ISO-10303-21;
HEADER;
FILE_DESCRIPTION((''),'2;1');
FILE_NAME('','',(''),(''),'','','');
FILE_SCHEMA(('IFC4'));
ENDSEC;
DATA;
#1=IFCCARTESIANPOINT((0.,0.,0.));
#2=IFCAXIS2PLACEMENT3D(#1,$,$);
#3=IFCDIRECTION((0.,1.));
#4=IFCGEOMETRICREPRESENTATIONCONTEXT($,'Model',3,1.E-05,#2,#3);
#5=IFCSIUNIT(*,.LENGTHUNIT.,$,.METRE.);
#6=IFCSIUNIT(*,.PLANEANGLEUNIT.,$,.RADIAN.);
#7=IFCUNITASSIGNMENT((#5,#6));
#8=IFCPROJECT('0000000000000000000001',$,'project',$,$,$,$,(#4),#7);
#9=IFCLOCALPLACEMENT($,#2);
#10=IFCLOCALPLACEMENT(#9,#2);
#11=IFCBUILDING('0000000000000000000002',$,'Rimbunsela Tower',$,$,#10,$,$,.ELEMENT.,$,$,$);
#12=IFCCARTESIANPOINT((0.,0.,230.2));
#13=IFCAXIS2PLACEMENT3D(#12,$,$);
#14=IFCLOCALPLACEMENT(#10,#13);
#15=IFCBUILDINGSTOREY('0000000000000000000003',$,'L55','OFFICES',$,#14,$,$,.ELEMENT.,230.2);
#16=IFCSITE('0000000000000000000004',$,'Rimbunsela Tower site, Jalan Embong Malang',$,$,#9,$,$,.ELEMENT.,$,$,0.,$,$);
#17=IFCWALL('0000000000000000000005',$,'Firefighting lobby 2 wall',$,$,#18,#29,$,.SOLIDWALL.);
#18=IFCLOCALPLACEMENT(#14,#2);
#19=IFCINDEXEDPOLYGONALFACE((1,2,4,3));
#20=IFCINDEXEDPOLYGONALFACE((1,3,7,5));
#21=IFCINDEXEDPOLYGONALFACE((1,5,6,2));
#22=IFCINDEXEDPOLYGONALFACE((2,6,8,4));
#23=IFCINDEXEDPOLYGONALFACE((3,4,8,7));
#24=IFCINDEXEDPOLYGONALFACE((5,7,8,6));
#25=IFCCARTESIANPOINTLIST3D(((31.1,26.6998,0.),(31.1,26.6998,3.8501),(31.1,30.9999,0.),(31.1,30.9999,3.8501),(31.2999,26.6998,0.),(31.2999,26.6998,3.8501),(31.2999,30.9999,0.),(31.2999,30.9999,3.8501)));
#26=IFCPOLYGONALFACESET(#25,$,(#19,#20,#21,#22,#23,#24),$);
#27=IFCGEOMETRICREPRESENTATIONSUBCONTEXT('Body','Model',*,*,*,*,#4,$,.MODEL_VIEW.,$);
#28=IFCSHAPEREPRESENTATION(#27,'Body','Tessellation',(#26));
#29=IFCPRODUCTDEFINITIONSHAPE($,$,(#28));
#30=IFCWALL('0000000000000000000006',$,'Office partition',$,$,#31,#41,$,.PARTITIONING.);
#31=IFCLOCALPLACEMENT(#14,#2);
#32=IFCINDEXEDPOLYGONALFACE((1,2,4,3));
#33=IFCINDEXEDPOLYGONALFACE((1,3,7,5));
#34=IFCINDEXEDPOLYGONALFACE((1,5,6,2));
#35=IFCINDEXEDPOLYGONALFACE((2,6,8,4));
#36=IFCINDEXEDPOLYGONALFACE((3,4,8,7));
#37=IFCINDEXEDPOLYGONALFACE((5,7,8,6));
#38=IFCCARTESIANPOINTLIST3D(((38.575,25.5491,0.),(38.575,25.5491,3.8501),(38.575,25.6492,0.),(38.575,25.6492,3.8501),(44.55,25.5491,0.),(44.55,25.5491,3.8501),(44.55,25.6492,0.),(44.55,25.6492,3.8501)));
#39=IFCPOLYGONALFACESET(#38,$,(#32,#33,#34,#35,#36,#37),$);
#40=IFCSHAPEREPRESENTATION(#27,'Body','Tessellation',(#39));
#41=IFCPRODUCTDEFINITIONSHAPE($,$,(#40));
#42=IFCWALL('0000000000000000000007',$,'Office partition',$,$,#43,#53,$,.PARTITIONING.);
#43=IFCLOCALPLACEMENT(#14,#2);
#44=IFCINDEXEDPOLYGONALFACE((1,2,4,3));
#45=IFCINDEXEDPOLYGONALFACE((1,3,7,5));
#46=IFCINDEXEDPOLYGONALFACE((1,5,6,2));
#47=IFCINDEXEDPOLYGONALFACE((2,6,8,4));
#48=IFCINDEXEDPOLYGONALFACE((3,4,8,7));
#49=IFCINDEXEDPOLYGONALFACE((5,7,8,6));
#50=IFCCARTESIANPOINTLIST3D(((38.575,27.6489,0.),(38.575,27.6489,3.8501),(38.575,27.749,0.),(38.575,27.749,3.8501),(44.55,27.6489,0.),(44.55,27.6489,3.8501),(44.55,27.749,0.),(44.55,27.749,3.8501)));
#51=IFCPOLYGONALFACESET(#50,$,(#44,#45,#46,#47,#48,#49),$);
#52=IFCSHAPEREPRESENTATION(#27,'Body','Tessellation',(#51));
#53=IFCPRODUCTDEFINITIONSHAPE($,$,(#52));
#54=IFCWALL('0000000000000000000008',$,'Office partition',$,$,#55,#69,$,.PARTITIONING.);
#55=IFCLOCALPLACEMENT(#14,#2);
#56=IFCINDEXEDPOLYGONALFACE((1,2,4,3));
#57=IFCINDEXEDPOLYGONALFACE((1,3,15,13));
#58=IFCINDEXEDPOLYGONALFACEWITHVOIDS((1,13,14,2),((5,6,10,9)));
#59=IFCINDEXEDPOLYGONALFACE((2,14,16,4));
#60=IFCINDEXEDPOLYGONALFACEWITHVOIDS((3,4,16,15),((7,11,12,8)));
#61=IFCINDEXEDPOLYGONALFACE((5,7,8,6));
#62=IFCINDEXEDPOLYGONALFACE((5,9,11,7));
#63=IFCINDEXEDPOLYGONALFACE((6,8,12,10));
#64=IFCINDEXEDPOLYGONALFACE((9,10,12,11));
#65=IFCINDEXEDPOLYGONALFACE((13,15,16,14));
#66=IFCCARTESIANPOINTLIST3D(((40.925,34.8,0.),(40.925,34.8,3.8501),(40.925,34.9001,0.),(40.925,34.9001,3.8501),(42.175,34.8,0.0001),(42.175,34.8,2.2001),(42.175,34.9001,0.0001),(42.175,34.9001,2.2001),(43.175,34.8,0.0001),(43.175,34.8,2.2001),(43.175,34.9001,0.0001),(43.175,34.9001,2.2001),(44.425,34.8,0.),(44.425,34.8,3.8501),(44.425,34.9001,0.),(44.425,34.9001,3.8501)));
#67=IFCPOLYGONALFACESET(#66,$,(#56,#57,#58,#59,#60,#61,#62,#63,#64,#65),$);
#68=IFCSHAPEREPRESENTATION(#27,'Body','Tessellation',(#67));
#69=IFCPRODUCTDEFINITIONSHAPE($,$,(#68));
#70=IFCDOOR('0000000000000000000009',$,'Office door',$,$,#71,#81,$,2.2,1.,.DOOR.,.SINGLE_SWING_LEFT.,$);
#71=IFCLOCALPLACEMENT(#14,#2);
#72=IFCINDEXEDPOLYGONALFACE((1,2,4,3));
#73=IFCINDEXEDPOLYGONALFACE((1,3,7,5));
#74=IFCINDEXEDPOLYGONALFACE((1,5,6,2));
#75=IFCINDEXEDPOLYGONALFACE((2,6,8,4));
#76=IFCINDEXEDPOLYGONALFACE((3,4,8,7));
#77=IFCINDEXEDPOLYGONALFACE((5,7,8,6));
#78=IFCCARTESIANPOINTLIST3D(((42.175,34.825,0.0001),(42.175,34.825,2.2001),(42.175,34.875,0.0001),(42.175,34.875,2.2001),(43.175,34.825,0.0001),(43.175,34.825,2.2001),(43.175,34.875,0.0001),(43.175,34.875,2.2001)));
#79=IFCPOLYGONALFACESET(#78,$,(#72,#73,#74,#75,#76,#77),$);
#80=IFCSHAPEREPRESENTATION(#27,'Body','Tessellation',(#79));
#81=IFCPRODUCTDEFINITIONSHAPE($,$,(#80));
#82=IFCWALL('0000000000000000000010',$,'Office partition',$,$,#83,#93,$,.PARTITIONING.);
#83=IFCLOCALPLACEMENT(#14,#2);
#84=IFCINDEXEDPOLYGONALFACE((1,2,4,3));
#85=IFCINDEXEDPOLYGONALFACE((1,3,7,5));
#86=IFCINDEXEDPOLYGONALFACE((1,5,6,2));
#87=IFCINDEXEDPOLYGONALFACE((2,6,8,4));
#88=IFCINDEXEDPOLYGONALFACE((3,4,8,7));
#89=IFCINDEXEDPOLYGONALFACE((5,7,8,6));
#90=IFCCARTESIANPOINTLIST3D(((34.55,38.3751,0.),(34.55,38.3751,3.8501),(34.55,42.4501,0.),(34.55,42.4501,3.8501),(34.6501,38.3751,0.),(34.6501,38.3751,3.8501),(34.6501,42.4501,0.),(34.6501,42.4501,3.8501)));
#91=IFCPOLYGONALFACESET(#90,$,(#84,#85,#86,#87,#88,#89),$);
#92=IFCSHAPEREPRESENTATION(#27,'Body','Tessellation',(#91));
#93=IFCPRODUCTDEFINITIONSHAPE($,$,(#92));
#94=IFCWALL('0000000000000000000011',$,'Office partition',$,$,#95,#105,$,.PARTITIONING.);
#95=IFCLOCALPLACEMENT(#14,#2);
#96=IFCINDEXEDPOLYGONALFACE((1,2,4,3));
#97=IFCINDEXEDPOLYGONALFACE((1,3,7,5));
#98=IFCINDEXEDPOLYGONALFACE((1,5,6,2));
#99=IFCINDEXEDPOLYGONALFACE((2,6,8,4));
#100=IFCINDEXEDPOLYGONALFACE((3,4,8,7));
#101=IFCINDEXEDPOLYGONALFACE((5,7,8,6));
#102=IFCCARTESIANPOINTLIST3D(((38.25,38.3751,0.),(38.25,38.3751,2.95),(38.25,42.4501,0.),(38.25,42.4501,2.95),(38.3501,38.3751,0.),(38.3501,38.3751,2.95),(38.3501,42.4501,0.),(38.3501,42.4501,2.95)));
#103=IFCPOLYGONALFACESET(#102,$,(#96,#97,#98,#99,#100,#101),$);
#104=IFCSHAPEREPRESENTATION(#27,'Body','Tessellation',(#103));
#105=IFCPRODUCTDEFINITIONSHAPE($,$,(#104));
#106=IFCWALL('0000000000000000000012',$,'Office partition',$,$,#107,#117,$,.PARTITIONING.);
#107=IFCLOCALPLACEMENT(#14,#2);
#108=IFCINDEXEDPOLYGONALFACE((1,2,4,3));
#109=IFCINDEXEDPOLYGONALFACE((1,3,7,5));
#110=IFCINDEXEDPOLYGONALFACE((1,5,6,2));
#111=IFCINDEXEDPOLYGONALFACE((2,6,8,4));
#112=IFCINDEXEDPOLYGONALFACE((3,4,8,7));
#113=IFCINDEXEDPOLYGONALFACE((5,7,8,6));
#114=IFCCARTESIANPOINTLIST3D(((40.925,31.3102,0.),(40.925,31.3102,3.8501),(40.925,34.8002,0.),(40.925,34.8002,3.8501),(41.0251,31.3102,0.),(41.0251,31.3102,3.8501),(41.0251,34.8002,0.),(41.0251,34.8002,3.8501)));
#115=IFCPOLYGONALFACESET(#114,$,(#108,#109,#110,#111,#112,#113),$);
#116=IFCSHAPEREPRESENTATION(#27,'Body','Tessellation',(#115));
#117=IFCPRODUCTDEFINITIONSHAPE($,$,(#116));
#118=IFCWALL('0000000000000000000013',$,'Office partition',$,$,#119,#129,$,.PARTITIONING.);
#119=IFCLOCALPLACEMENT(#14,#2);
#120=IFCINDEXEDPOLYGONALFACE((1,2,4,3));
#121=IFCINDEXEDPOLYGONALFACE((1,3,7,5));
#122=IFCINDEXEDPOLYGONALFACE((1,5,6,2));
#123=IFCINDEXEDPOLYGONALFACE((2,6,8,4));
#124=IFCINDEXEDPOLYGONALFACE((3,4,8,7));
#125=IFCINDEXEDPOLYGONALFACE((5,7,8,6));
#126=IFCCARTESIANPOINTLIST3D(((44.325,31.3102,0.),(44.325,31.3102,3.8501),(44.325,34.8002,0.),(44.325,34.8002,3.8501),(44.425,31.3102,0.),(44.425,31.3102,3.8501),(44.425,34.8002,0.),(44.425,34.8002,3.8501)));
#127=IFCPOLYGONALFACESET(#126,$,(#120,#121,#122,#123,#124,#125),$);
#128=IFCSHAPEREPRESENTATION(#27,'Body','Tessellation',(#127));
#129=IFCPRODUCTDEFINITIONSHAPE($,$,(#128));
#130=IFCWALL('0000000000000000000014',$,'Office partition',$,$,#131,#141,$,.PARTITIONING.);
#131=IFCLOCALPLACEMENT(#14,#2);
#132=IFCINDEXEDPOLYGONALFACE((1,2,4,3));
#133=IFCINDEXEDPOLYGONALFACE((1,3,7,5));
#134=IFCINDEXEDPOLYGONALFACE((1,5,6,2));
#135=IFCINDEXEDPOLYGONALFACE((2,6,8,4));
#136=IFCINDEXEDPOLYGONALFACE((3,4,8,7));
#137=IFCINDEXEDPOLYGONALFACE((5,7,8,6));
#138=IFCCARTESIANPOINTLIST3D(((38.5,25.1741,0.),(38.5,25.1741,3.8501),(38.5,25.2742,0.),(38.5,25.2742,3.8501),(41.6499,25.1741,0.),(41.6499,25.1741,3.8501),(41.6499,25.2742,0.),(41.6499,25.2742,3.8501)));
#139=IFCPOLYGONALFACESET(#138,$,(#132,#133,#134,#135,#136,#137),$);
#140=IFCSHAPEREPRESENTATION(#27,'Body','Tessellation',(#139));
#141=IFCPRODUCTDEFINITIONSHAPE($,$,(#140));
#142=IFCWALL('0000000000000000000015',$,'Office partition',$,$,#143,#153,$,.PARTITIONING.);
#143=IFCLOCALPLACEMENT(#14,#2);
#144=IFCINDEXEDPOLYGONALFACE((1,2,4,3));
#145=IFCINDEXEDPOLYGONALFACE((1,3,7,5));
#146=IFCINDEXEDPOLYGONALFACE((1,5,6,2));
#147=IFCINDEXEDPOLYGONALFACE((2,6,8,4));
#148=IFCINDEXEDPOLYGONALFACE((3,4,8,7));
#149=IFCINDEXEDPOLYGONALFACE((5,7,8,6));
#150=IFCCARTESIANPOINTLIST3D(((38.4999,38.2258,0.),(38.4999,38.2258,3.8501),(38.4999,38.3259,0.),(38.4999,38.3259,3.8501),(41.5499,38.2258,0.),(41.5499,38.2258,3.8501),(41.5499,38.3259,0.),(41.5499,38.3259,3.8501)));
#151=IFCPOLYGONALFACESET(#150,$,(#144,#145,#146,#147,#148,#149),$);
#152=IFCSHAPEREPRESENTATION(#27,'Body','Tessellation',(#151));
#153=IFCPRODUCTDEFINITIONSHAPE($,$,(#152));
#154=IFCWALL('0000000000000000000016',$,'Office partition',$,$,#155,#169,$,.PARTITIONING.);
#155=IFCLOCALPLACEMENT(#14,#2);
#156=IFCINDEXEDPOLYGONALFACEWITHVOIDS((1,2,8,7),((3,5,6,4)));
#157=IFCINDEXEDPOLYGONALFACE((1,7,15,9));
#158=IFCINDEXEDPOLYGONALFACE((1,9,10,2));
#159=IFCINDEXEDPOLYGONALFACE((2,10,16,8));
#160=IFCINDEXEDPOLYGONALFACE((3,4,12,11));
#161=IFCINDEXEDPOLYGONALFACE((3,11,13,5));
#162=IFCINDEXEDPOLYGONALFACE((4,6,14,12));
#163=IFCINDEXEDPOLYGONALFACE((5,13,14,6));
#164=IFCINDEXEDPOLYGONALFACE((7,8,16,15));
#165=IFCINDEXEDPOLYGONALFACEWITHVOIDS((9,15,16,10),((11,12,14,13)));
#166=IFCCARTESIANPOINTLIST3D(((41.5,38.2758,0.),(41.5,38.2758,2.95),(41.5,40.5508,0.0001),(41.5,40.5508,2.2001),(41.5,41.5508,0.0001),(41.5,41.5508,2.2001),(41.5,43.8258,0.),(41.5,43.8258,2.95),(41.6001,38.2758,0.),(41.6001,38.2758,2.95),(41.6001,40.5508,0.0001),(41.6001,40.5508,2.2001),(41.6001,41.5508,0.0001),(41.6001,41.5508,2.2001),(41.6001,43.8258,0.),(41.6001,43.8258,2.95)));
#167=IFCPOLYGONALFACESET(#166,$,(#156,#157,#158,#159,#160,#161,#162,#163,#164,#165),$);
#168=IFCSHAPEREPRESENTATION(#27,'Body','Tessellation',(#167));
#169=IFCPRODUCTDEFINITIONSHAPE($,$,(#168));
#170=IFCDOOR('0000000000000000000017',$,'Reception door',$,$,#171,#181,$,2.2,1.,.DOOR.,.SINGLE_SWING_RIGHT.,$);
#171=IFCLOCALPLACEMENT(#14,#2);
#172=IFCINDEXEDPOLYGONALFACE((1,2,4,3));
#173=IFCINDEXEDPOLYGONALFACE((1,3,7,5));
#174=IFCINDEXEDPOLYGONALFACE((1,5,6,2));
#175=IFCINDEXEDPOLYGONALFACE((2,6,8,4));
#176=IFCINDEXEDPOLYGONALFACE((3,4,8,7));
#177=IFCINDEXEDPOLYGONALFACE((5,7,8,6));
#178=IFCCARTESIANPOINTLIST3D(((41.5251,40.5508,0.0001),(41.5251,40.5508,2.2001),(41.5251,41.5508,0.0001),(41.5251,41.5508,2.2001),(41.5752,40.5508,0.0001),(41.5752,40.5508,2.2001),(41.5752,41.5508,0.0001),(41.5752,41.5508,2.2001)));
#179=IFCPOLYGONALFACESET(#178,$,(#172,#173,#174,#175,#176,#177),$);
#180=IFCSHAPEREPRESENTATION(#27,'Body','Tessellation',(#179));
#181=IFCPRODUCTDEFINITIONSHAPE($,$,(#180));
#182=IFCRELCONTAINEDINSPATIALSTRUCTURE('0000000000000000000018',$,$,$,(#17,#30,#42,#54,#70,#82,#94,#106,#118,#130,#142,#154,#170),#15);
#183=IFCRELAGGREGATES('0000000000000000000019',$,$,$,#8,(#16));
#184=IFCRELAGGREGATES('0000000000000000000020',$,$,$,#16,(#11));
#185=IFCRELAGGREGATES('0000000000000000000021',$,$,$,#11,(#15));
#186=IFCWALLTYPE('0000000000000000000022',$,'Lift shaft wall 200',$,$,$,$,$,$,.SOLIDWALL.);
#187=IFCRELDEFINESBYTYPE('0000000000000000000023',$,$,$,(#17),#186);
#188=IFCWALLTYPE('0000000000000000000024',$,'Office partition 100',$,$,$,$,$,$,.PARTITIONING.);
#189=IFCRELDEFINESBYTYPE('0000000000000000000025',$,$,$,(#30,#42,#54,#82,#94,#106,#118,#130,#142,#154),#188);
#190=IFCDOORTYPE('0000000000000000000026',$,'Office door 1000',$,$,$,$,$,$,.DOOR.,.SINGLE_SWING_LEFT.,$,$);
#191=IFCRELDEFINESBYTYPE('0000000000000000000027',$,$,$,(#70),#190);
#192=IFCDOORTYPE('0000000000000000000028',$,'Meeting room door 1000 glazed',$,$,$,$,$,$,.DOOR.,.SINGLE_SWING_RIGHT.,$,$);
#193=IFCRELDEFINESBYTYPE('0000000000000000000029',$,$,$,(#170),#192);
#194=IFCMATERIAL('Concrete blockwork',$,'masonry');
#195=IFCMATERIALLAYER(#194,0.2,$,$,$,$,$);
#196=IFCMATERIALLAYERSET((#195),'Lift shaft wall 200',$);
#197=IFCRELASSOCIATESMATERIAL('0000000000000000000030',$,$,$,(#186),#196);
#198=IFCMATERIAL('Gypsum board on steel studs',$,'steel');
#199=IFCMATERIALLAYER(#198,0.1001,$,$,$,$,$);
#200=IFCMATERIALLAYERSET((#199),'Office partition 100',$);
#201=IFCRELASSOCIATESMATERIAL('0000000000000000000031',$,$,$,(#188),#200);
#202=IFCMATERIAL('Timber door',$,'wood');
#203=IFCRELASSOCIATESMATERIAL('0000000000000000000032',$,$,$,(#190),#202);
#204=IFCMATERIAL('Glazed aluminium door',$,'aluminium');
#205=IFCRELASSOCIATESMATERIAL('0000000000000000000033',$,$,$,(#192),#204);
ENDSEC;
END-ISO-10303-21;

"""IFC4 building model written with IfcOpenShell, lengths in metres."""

from ifc_helpers import new_model, si_unit, direction, frame, frame_2d, origin, place, context, subcontext, project, spatial, rectangle, extrude, material, layer, layer_set, type_object, element, fill, save


model = new_model("IFC4")

# Units and contexts
model_context = context("Model", 3, precision=1e-05, world=origin(), true_north=direction((0.0, 1.0)))
body_context = subcontext(model_context, "Body", "Model", "MODEL_VIEW")
ifc_project = project(units=[si_unit("LENGTHUNIT", "METRE"), si_unit("PLANEANGLEUNIT", "RADIAN")], contexts=[model_context])

# Site, building, storey
site_placement = place(None, origin())
site = spatial("IfcSite", under=ifc_project, at=site_placement, Name="Rimbunsela Tower site, Jalan Embong Malang", CompositionType="ELEMENT", RefElevation=0.0)
building_placement = place(site_placement, origin())
building = spatial("IfcBuilding", under=site, at=building_placement, Name="Rimbunsela Tower", CompositionType="ELEMENT")
storey_placement = place(building_placement, frame((0.0, 0.0, 230.2)))
storey = spatial("IfcBuildingStorey", under=building, at=storey_placement, Name="L55", Description="OFFICES", CompositionType="ELEMENT", Elevation=230.2)

# Walls
ifc_material_1 = material(Name="Concrete blockwork", Category="masonry")
ifc_layer_1 = layer(ifc_material_1, 0.2)
ifc_layer_set_1 = layer_set([ifc_layer_1], Name="Lift shaft wall 200")
wall_type_1 = type_object("IfcWallType", Name="Lift shaft wall 200", PredefinedType="SOLIDWALL", material=ifc_layer_set_1)
wall_1_placement = place(storey_placement, frame((31.2, 26.7, 0.0), z_axis=(0.0, 0.0, 1.0), x_axis=(0.0, 1.0, 0.0)))
element("IfcWall", 1, at=wall_1_placement, inside=storey, type_object=wall_type_1, Name="Firefighting lobby 2 wall", PredefinedType="SOLIDWALL", context=body_context, shape_type="SweptSolid", body=[
    extrude(rectangle(XDim=4.3, YDim=0.2, at=frame_2d((2.1499, 0.0))), origin(), (0.0, 0.0, 1.0), 3.8501),
])
ifc_material_2 = material(Name="Gypsum board on steel studs", Category="steel")
ifc_layer_2 = layer(ifc_material_2, 0.1001)
ifc_layer_set_2 = layer_set([ifc_layer_2], Name="Office partition 100")
wall_type_2 = type_object("IfcWallType", Name="Office partition 100", PredefinedType="PARTITIONING", material=ifc_layer_set_2)
for number, where, z_axis, x_axis, name in (
    (2, (38.575, 25.5991, 0.0), (0.0, 0.0, 1.0), (1.0, 0.0, 0.0), "Office partition"),
    (3, (38.575, 27.699, 0.0), (0.0, 0.0, 1.0), (1.0, 0.0, 0.0), "Office partition"),
):
    element("IfcWall", number, at=place(storey_placement, frame(where, z_axis=z_axis, x_axis=x_axis)), inside=storey, type_object=wall_type_2, Name=name, PredefinedType="PARTITIONING", context=body_context, shape_type="SweptSolid", body=[
        extrude(rectangle(XDim=5.9751, YDim=0.1001, at=frame_2d((2.9875, 0.0))), origin(), (0.0, 0.0, 1.0), 3.8501),
    ])

# Wall, opening, door
wall_2_placement = place(storey_placement, frame((40.925, 34.8501, 0.0), z_axis=(0.0, 0.0, 1.0), x_axis=(1.0, 0.0, 0.0)))
wall_2 = element("IfcWall", 4, at=wall_2_placement, inside=storey, type_object=wall_type_2, Name="Office partition", PredefinedType="PARTITIONING", context=body_context, shape_type="SweptSolid", body=[
    extrude(rectangle(XDim=3.5, YDim=0.1001, at=frame_2d((1.75, 0.0))), origin(), (0.0, 0.0, 1.0), 3.8501),
])
opening_1_placement = place(wall_2_placement, frame((1.25, 0.0, 0.0)))
opening_1 = element("IfcOpeningElement", 5, at=opening_1_placement, cuts=wall_2, PredefinedType="OPENING", context=body_context, shape_type="SweptSolid", body=[
    extrude(rectangle(XDim=1.0, YDim=2.2, at=frame_2d((0.5, 1.1001))), frame((0.0, 0.0601, 0.0), z_axis=(0.0, -1.0, 0.0), x_axis=(1.0, 0.0, 0.0)), (0.0, 0.0, 1.0), 0.1201),
])
ifc_material_3 = material(Name="Timber door", Category="wood")
door_type_1 = type_object("IfcDoorType", Name="Office door 1000", OperationType="SINGLE_SWING_LEFT", PredefinedType="DOOR", material=ifc_material_3)
door_1_placement = place(opening_1_placement, origin())
door_1 = element("IfcDoor", 6, at=door_1_placement, inside=storey, type_object=door_type_1, Name="Office door", OperationType="SINGLE_SWING_LEFT", OverallHeight=2.2, OverallWidth=1.0, PredefinedType="DOOR", context=body_context, shape_type="SweptSolid", body=[
    extrude(rectangle(XDim=1.0, YDim=2.2, at=frame_2d((0.5, 1.1001))), frame((0.0, 0.0249, 0.0), z_axis=(0.0, -1.0, 0.0), x_axis=(1.0, 0.0, 0.0)), (0.0, 0.0, 1.0), 0.05),
])
fill(opening_1, door_1)

# Walls
wall_3_placement = place(storey_placement, frame((34.6001, 38.375, 0.0), z_axis=(0.0, 0.0, 1.0), x_axis=(0.0, 1.0, 0.0)))
element("IfcWall", 7, at=wall_3_placement, inside=storey, type_object=wall_type_2, Name="Office partition", PredefinedType="PARTITIONING", context=body_context, shape_type="SweptSolid", body=[
    extrude(rectangle(XDim=4.075, YDim=0.1001, at=frame_2d((2.0376, 0.0))), origin(), (0.0, 0.0, 1.0), 3.8501),
])
wall_4_placement = place(storey_placement, frame((38.3, 38.375, 0.0), z_axis=(0.0, 0.0, 1.0), x_axis=(0.0, 1.0, 0.0)))
element("IfcWall", 8, at=wall_4_placement, inside=storey, type_object=wall_type_2, Name="Office partition", PredefinedType="PARTITIONING", context=body_context, shape_type="SweptSolid", body=[
    extrude(rectangle(XDim=4.075, YDim=0.1001, at=frame_2d((2.0376, 0.0))), origin(), (0.0, 0.0, 1.0), 2.95),
])
for number, where, z_axis, x_axis, name in (
    (9, (40.9751, 31.3101, 0.0), (0.0, 0.0, 1.0), (0.0, 1.0, 0.0), "Office partition"),
    (10, (44.375, 31.3101, 0.0), (0.0, 0.0, 1.0), (0.0, 1.0, 0.0), "Office partition"),
):
    element("IfcWall", number, at=place(storey_placement, frame(where, z_axis=z_axis, x_axis=x_axis)), inside=storey, type_object=wall_type_2, Name=name, PredefinedType="PARTITIONING", context=body_context, shape_type="SweptSolid", body=[
        extrude(rectangle(XDim=3.49, YDim=0.1001, at=frame_2d((1.7451, 0.0))), origin(), (0.0, 0.0, 1.0), 3.8501),
    ])
wall_5_placement = place(storey_placement, frame((41.6499, 25.2241, 0.0), z_axis=(0.0, 0.0, 1.0), x_axis=(-1.0, 0.0, 0.0)))
element("IfcWall", 11, at=wall_5_placement, inside=storey, type_object=wall_type_2, Name="Office partition", PredefinedType="PARTITIONING", context=body_context, shape_type="SweptSolid", body=[
    extrude(rectangle(XDim=3.1499, YDim=0.1001, at=frame_2d((1.575, 0.0))), origin(), (0.0, 0.0, 1.0), 3.8501),
])
wall_6_placement = place(storey_placement, frame((38.5, 38.2759, 0.0), z_axis=(0.0, 0.0, 1.0), x_axis=(1.0, 0.0, 0.0)))
element("IfcWall", 12, at=wall_6_placement, inside=storey, type_object=wall_type_2, Name="Office partition", PredefinedType="PARTITIONING", context=body_context, shape_type="SweptSolid", body=[
    extrude(rectangle(XDim=3.05, YDim=0.1001, at=frame_2d((1.5249, 0.0))), origin(), (0.0, 0.0, 1.0), 3.8501),
])

# Wall, opening, door
wall_7_placement = place(storey_placement, frame((41.55, 38.2759, 0.0), z_axis=(0.0, 0.0, 1.0), x_axis=(0.0, 1.0, 0.0)))
wall_7 = element("IfcWall", 13, at=wall_7_placement, inside=storey, type_object=wall_type_2, Name="Office partition", PredefinedType="PARTITIONING", context=body_context, shape_type="SweptSolid", body=[
    extrude(rectangle(XDim=5.55, YDim=0.1001, at=frame_2d((2.7749, 0.0))), origin(), (0.0, 0.0, 1.0), 2.95),
])
opening_2_placement = place(wall_7_placement, frame((2.2749, 0.0, 0.0)))
opening_2 = element("IfcOpeningElement", 14, at=opening_2_placement, cuts=wall_7, PredefinedType="OPENING", context=body_context, shape_type="SweptSolid", body=[
    extrude(rectangle(XDim=1.0, YDim=2.2, at=frame_2d((0.5, 1.1001))), frame((0.0, 0.0601, 0.0), z_axis=(0.0, -1.0, 0.0), x_axis=(1.0, 0.0, 0.0)), (0.0, 0.0, 1.0), 0.1201),
])
ifc_material_4 = material(Name="Glazed aluminium door", Category="aluminium")
door_type_2 = type_object("IfcDoorType", Name="Meeting room door 1000 glazed", OperationType="SINGLE_SWING_RIGHT", PredefinedType="DOOR", material=ifc_material_4)
door_2_placement = place(opening_2_placement, origin())
door_2 = element("IfcDoor", 15, at=door_2_placement, inside=storey, type_object=door_type_2, Name="Reception door", OperationType="SINGLE_SWING_RIGHT", OverallHeight=2.2, OverallWidth=1.0, PredefinedType="DOOR", context=body_context, shape_type="SweptSolid", body=[
    extrude(rectangle(XDim=1.0, YDim=2.2, at=frame_2d((0.5, 1.1001))), frame((0.0, 0.0249, 0.0), z_axis=(0.0, -1.0, 0.0), x_axis=(1.0, 0.0, 0.0)), (0.0, 0.0, 1.0), 0.05),
])
fill(opening_2, door_2)

save(model, "model.ifc")
